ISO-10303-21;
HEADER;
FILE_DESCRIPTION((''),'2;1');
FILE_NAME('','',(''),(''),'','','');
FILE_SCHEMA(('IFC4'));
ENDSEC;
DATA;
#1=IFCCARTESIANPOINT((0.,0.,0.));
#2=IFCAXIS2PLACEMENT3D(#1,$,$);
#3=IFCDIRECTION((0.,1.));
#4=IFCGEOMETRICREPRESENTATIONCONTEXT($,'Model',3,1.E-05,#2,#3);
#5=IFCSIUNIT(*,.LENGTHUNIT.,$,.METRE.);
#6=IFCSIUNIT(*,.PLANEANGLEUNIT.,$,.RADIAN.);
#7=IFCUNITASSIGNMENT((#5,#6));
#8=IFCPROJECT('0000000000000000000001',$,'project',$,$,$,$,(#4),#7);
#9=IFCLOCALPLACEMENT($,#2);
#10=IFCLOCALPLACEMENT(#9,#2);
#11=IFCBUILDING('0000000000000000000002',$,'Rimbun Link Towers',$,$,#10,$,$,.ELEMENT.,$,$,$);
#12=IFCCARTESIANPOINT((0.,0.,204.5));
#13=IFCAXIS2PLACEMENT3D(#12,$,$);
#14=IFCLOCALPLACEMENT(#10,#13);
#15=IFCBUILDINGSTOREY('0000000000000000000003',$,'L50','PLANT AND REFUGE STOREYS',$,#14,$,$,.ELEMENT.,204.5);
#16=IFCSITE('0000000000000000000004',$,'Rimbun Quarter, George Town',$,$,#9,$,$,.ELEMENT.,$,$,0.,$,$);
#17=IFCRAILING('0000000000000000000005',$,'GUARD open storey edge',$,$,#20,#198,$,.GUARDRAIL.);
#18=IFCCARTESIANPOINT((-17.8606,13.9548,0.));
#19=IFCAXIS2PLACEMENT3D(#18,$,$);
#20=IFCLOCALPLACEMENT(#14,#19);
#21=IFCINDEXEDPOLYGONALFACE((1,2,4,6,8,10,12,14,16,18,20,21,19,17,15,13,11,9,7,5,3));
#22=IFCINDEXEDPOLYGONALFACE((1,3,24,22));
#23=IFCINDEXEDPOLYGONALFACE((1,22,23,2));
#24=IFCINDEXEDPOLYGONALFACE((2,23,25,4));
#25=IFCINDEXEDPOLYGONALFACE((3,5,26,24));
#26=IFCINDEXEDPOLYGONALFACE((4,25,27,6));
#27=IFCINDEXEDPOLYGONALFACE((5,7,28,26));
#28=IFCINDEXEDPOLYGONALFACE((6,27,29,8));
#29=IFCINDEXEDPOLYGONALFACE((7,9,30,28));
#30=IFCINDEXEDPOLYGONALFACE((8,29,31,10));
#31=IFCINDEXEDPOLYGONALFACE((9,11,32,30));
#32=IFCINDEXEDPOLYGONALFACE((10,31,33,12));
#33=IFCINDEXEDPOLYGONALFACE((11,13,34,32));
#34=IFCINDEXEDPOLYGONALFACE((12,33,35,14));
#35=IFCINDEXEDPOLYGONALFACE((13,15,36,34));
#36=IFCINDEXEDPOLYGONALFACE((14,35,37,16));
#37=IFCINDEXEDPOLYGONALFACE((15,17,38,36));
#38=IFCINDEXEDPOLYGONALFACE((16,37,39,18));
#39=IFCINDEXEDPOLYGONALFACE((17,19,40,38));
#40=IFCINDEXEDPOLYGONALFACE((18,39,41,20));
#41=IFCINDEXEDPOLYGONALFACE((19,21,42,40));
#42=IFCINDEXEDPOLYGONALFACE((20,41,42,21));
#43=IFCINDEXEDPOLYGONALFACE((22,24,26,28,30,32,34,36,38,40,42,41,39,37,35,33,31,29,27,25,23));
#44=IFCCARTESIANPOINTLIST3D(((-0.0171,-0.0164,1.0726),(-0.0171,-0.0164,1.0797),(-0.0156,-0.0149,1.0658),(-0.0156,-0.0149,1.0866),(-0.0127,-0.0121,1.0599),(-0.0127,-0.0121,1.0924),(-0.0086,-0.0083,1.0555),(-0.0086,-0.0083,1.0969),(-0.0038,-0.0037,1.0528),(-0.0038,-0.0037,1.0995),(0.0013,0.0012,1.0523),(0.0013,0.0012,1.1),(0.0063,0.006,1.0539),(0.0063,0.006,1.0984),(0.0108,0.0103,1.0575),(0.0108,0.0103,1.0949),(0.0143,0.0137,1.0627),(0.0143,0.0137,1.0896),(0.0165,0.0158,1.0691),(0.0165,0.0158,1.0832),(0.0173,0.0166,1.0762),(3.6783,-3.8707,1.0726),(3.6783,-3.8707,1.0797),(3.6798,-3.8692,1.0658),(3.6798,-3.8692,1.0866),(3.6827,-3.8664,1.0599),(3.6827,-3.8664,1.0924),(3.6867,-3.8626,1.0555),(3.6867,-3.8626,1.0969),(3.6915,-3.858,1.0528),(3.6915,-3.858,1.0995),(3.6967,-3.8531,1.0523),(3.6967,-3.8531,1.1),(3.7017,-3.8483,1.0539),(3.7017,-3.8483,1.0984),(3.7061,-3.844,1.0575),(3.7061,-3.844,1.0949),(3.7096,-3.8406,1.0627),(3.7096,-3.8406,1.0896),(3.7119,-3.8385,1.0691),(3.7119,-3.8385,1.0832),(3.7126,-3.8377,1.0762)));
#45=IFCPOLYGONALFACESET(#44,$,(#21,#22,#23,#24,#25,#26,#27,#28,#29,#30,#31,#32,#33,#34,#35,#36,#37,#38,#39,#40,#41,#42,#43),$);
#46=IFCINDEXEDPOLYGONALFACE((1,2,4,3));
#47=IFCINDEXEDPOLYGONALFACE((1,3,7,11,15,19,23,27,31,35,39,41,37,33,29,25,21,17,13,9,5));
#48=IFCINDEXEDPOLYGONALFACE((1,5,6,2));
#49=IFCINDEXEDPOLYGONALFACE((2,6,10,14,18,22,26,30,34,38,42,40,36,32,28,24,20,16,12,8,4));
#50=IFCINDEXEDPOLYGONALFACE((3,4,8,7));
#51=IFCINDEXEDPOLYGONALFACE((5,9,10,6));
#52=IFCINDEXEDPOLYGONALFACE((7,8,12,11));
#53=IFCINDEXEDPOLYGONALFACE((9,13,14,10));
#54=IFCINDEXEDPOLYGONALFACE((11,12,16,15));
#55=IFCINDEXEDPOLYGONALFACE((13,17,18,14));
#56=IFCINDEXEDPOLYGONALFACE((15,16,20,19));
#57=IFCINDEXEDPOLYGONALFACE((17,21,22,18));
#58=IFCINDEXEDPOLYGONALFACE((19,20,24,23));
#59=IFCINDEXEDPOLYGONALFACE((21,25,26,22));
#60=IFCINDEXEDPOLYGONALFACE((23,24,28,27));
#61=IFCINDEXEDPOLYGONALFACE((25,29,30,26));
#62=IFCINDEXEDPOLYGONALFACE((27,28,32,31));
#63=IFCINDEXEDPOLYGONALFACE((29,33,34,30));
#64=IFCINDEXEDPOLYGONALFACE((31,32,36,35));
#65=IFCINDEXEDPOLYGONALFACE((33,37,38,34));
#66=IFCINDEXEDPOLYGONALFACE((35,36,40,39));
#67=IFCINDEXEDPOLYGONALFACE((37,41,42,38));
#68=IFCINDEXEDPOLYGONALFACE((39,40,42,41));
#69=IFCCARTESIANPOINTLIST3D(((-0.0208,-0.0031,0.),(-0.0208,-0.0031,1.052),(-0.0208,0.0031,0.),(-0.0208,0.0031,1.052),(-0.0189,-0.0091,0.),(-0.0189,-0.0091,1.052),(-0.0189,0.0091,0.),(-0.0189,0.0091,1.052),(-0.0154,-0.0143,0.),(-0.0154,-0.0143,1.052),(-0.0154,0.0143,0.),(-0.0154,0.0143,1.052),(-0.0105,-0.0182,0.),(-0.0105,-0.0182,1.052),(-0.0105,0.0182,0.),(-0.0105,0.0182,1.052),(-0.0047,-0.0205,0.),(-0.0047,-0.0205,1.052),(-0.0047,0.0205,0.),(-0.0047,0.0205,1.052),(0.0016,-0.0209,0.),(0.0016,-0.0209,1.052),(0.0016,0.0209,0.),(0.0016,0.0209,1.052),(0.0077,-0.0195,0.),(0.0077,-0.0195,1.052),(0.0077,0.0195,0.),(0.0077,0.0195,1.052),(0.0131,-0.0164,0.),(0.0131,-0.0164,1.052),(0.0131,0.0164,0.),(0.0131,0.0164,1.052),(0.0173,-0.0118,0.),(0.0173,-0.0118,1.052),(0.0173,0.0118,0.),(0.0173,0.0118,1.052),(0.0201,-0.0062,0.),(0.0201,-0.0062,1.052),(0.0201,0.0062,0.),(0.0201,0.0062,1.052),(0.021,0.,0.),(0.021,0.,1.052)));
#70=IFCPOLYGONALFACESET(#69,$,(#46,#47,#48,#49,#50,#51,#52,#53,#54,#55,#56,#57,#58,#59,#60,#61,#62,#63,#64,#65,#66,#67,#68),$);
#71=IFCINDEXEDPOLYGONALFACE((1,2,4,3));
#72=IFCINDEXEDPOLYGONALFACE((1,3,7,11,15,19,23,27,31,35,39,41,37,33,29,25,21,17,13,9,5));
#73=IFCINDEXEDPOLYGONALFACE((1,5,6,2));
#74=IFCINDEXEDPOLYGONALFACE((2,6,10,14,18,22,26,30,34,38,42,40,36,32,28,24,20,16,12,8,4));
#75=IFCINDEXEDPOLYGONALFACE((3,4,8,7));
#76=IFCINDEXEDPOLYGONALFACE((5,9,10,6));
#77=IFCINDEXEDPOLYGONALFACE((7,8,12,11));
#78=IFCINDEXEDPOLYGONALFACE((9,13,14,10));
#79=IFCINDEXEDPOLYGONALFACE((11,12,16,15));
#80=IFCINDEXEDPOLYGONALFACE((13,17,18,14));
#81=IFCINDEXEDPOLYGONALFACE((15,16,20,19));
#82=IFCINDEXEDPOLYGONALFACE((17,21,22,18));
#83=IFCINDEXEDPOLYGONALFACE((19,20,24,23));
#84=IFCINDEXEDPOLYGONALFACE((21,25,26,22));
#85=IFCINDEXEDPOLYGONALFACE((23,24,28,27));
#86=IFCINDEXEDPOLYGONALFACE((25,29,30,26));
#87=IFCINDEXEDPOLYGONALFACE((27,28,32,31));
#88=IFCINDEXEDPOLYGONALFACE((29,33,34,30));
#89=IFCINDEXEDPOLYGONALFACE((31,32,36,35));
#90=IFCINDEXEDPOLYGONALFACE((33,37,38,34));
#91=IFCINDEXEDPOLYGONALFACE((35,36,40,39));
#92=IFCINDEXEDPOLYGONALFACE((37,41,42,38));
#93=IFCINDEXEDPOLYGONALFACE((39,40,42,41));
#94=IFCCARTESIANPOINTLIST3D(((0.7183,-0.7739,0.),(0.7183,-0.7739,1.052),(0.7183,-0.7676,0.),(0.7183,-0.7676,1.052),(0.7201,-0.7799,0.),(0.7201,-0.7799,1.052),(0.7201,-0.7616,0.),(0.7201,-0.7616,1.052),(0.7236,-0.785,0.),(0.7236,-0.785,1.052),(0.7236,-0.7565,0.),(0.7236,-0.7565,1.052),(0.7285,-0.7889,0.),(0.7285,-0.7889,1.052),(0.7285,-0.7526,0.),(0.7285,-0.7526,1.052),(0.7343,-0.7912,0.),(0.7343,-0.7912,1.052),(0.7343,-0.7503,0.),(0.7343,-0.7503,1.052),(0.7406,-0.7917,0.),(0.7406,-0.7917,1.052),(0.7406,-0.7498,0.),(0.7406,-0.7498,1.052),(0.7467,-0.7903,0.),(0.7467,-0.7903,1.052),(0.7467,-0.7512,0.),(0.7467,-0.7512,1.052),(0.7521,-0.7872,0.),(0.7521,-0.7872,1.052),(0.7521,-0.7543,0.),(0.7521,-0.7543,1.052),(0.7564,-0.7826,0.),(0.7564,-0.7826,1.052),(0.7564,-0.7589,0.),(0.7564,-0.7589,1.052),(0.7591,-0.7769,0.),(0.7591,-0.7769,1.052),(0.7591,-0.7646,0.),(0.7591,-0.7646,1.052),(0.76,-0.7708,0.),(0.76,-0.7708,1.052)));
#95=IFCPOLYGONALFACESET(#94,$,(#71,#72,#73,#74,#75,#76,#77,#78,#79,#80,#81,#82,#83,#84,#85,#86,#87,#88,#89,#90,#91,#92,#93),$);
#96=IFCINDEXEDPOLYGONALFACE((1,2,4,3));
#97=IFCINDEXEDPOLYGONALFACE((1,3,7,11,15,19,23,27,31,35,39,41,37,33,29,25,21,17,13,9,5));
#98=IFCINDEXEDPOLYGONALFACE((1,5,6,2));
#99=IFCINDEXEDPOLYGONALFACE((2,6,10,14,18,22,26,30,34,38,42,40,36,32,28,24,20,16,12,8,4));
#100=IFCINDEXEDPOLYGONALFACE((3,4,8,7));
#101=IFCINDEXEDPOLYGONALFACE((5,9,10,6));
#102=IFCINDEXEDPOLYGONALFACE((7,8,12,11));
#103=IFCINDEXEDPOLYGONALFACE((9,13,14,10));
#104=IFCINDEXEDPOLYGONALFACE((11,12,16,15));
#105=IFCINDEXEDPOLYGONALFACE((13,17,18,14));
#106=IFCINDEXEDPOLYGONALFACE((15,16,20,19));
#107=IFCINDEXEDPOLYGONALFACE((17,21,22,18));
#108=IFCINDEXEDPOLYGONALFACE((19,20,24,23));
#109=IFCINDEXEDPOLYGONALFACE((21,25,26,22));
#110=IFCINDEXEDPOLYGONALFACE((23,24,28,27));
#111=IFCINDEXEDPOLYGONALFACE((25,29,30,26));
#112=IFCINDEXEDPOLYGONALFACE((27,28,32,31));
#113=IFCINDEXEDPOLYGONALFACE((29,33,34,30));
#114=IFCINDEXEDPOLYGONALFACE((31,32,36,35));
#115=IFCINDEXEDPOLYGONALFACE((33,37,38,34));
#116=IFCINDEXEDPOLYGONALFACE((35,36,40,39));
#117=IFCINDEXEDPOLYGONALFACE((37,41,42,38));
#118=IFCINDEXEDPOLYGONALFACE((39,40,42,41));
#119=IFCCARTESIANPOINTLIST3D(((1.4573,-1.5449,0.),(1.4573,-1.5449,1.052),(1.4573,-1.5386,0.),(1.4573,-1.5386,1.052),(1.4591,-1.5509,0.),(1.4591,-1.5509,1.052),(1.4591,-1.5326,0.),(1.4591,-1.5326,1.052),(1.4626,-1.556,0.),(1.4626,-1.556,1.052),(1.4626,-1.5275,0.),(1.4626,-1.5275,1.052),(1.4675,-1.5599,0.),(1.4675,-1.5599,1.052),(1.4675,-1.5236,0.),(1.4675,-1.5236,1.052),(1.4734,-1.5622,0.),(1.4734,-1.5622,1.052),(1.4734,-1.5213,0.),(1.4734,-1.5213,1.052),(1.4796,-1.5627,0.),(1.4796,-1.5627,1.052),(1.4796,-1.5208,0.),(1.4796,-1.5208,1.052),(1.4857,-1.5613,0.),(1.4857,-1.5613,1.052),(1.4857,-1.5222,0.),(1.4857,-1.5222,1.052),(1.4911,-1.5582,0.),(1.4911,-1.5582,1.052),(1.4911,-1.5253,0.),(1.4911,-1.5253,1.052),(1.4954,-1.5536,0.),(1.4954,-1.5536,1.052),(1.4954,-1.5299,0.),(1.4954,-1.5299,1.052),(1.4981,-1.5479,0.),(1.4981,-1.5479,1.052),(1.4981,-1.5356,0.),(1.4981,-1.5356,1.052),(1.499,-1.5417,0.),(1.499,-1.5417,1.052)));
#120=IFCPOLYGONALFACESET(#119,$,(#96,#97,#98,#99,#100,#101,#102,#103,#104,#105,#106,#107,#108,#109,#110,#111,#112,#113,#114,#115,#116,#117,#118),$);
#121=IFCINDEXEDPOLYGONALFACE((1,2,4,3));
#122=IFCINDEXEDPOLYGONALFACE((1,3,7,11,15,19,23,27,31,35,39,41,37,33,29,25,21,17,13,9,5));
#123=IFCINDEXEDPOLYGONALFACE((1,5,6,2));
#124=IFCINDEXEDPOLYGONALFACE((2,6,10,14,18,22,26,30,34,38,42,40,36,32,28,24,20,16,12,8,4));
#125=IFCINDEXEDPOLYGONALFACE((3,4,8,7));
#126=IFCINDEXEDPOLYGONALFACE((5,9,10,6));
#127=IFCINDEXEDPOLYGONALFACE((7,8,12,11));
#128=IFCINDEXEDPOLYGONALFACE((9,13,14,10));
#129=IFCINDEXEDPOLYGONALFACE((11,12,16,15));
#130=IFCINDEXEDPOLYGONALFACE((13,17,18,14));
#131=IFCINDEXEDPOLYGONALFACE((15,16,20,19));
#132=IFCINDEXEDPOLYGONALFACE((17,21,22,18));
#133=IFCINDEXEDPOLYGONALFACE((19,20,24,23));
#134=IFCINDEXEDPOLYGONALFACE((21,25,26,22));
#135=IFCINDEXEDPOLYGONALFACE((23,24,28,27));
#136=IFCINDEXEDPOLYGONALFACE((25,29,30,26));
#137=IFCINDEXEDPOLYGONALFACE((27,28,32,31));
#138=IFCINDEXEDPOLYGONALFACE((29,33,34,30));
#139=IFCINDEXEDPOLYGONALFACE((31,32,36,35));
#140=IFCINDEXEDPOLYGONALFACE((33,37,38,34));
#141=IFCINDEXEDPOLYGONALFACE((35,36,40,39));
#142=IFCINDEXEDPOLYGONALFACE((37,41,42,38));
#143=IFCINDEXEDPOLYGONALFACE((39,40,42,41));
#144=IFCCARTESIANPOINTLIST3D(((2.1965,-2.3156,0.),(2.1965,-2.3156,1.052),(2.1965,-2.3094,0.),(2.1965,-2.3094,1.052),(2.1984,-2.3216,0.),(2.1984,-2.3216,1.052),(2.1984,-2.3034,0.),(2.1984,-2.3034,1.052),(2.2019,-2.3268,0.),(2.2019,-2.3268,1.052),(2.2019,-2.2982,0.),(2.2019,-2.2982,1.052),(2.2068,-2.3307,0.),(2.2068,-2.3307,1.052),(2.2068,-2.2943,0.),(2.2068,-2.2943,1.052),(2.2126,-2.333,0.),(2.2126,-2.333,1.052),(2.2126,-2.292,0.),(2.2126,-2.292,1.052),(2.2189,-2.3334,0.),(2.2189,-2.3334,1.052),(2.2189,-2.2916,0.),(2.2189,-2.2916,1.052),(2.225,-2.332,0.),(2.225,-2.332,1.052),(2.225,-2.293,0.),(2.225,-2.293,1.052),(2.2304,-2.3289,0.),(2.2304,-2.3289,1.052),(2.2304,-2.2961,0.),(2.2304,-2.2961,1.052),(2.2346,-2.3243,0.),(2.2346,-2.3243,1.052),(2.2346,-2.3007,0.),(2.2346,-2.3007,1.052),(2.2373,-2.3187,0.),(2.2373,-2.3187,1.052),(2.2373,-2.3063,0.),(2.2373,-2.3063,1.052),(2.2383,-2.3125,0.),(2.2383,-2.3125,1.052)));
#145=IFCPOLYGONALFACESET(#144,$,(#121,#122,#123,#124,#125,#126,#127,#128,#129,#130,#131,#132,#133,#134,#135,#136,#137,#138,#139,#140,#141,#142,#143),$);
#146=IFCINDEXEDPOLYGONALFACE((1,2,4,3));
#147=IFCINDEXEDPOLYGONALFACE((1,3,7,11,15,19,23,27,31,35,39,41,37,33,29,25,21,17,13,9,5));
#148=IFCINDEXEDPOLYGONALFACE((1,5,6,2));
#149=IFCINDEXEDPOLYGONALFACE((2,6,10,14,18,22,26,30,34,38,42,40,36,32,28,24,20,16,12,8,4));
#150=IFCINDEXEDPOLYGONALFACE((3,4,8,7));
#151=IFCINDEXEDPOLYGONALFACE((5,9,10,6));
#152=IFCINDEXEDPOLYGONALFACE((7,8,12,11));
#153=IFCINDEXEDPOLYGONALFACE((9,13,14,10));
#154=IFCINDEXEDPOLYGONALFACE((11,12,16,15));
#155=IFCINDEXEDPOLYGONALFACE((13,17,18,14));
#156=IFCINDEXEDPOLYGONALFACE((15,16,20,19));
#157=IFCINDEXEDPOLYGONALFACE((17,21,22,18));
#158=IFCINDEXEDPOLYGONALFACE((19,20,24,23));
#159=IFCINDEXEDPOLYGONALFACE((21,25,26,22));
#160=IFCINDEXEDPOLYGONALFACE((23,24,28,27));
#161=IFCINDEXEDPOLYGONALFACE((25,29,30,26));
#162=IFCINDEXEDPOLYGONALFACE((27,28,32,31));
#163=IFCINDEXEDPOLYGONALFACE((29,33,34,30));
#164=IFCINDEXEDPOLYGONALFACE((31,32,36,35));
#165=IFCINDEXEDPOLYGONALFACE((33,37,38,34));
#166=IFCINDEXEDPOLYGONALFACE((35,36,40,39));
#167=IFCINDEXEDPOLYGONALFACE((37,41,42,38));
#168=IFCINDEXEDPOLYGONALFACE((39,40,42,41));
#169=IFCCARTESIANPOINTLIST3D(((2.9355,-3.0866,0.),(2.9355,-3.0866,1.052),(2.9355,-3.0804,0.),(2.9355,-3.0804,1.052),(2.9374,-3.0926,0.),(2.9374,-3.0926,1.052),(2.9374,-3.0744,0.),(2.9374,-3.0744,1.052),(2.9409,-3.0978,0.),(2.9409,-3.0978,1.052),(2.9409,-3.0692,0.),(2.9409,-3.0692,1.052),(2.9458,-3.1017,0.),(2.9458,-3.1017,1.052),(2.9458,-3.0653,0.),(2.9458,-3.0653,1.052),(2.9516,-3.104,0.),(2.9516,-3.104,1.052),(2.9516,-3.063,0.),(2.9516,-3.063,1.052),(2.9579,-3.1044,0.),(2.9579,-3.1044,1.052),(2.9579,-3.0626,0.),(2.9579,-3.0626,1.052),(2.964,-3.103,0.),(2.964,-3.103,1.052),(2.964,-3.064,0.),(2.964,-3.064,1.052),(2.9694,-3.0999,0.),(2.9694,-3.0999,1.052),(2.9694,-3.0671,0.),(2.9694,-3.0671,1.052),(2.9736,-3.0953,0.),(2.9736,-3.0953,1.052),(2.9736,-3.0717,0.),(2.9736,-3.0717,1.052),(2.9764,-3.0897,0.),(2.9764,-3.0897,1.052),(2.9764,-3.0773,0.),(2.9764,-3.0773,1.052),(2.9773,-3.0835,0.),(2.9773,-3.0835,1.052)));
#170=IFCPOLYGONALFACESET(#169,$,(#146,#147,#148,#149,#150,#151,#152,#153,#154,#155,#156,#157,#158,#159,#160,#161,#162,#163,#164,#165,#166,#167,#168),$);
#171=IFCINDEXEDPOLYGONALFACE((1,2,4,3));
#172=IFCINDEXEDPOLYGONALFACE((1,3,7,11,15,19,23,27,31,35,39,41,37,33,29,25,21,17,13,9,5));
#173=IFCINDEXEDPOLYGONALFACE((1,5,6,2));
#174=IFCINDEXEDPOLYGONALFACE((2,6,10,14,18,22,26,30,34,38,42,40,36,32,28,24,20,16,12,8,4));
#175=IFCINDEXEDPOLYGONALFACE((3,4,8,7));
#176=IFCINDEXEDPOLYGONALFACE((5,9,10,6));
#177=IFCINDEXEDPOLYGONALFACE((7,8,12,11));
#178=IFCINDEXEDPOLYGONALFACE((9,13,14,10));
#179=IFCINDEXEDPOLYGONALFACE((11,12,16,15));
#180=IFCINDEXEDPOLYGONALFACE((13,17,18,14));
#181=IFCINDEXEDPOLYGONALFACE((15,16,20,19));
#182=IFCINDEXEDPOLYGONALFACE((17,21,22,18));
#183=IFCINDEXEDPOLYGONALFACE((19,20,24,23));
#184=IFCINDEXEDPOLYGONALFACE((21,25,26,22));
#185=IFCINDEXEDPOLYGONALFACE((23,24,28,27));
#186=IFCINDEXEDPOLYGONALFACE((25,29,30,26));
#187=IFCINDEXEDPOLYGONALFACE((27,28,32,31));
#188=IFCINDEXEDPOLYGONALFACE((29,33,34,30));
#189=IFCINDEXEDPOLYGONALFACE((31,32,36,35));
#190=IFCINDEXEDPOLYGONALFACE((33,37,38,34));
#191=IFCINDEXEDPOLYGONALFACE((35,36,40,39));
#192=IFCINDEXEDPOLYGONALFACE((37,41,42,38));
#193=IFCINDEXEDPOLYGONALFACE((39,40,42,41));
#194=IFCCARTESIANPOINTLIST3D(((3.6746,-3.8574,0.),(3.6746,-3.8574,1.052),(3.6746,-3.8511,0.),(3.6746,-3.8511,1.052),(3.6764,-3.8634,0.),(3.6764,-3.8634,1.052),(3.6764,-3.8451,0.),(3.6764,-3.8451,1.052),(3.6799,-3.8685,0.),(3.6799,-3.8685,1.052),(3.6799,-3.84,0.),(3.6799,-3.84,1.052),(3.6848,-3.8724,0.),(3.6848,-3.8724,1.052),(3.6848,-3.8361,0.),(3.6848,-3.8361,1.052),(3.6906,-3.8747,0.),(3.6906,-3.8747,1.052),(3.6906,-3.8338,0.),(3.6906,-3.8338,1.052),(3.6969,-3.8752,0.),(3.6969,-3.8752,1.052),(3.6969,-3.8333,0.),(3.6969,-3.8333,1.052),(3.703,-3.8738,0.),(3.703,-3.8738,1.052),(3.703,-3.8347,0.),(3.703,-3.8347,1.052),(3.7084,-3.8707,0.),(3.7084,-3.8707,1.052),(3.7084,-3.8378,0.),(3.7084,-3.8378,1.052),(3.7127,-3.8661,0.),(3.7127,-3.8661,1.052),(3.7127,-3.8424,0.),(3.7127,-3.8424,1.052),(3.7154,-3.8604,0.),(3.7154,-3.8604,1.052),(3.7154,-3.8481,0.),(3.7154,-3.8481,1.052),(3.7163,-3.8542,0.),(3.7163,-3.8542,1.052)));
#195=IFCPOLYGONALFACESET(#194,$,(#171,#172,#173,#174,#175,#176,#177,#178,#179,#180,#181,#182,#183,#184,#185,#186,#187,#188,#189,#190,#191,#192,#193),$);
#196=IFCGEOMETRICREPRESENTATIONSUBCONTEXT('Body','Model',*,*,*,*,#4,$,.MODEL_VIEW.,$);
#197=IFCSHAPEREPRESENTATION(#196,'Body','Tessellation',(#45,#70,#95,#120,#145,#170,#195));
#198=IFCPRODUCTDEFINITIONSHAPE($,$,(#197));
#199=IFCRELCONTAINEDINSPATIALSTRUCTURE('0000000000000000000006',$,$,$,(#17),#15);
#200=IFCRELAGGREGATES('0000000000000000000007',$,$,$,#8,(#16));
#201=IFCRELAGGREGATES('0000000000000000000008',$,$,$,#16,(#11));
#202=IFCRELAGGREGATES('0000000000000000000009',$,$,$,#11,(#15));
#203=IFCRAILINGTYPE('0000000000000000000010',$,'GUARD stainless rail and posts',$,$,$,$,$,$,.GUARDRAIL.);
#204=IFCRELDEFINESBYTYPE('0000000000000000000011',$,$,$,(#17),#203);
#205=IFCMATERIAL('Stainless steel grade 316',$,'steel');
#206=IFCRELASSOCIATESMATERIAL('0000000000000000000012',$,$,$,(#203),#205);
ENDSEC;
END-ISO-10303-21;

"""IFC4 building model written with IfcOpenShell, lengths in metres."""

from ifc_helpers import new_model, si_unit, direction, frame, origin, origin_2d, place, context, subcontext, project, spatial, circle, extrude, material, type_object, element, save


model = new_model("IFC4")

# Units and contexts
model_context = context("Model", 3, precision=1e-05, world=origin(), true_north=direction((0.0, 1.0)))
body_context = subcontext(model_context, "Body", "Model", "MODEL_VIEW")
ifc_project = project(units=[si_unit("LENGTHUNIT", "METRE"), si_unit("PLANEANGLEUNIT", "RADIAN")], contexts=[model_context])

# Site, building, storey
site_placement = place(None, origin())
site = spatial("IfcSite", under=ifc_project, at=site_placement, Name="Rimbun Quarter, George Town", CompositionType="ELEMENT", RefElevation=0.0)
building_placement = place(site_placement, origin())
building = spatial("IfcBuilding", under=site, at=building_placement, Name="Rimbun Link Towers", CompositionType="ELEMENT")
storey_placement = place(building_placement, frame((0.0, 0.0, 204.5)))
storey = spatial("IfcBuildingStorey", under=building, at=storey_placement, Name="L50", Description="PLANT AND REFUGE STOREYS", CompositionType="ELEMENT", Elevation=204.5)

# Railing
ifc_material_1 = material(Name="Stainless steel grade 316", Category="steel")
railing_type = type_object("IfcRailingType", Name="GUARD stainless rail and posts", PredefinedType="GUARDRAIL", material=ifc_material_1)
railing_1_placement = place(storey_placement, frame((-17.8606, 13.9548, 0.0)))
element("IfcRailing", 1, at=railing_1_placement, inside=storey, type_object=railing_type, Name="GUARD open storey edge", PredefinedType="GUARDRAIL", context=body_context, shape_type="SweptSolid", body=[
    extrude(circle(Radius=0.0239, at=origin_2d()), frame((0.0, 0.0, 1.0762), z_axis=(0.692067, -0.721833, 0.0), x_axis=(0.721833, 0.692067, 0.0)), (0.0, 0.0, 1.0), 5.3396),
    extrude(circle(Radius=0.021, at=origin_2d()), origin(), (0.0, 0.0, 1.0), 1.052),
    extrude(circle(Radius=0.021, at=origin_2d()), frame((0.739, -0.7708, 0.0)), (0.0, 0.0, 1.0), 1.052),
    extrude(circle(Radius=0.021, at=origin_2d()), frame((1.478, -1.5417, 0.0)), (0.0, 0.0, 1.0), 1.052),
    extrude(circle(Radius=0.021, at=origin_2d()), frame((2.2173, -2.3125, 0.0)), (0.0, 0.0, 1.0), 1.052),
    extrude(circle(Radius=0.021, at=origin_2d()), frame((2.9563, -3.0835, 0.0)), (0.0, 0.0, 1.0), 1.052),
    extrude(circle(Radius=0.021, at=origin_2d()), frame((3.6953, -3.8542, 0.0)), (0.0, 0.0, 1.0), 1.052),
])

save(model, "model.ifc")
